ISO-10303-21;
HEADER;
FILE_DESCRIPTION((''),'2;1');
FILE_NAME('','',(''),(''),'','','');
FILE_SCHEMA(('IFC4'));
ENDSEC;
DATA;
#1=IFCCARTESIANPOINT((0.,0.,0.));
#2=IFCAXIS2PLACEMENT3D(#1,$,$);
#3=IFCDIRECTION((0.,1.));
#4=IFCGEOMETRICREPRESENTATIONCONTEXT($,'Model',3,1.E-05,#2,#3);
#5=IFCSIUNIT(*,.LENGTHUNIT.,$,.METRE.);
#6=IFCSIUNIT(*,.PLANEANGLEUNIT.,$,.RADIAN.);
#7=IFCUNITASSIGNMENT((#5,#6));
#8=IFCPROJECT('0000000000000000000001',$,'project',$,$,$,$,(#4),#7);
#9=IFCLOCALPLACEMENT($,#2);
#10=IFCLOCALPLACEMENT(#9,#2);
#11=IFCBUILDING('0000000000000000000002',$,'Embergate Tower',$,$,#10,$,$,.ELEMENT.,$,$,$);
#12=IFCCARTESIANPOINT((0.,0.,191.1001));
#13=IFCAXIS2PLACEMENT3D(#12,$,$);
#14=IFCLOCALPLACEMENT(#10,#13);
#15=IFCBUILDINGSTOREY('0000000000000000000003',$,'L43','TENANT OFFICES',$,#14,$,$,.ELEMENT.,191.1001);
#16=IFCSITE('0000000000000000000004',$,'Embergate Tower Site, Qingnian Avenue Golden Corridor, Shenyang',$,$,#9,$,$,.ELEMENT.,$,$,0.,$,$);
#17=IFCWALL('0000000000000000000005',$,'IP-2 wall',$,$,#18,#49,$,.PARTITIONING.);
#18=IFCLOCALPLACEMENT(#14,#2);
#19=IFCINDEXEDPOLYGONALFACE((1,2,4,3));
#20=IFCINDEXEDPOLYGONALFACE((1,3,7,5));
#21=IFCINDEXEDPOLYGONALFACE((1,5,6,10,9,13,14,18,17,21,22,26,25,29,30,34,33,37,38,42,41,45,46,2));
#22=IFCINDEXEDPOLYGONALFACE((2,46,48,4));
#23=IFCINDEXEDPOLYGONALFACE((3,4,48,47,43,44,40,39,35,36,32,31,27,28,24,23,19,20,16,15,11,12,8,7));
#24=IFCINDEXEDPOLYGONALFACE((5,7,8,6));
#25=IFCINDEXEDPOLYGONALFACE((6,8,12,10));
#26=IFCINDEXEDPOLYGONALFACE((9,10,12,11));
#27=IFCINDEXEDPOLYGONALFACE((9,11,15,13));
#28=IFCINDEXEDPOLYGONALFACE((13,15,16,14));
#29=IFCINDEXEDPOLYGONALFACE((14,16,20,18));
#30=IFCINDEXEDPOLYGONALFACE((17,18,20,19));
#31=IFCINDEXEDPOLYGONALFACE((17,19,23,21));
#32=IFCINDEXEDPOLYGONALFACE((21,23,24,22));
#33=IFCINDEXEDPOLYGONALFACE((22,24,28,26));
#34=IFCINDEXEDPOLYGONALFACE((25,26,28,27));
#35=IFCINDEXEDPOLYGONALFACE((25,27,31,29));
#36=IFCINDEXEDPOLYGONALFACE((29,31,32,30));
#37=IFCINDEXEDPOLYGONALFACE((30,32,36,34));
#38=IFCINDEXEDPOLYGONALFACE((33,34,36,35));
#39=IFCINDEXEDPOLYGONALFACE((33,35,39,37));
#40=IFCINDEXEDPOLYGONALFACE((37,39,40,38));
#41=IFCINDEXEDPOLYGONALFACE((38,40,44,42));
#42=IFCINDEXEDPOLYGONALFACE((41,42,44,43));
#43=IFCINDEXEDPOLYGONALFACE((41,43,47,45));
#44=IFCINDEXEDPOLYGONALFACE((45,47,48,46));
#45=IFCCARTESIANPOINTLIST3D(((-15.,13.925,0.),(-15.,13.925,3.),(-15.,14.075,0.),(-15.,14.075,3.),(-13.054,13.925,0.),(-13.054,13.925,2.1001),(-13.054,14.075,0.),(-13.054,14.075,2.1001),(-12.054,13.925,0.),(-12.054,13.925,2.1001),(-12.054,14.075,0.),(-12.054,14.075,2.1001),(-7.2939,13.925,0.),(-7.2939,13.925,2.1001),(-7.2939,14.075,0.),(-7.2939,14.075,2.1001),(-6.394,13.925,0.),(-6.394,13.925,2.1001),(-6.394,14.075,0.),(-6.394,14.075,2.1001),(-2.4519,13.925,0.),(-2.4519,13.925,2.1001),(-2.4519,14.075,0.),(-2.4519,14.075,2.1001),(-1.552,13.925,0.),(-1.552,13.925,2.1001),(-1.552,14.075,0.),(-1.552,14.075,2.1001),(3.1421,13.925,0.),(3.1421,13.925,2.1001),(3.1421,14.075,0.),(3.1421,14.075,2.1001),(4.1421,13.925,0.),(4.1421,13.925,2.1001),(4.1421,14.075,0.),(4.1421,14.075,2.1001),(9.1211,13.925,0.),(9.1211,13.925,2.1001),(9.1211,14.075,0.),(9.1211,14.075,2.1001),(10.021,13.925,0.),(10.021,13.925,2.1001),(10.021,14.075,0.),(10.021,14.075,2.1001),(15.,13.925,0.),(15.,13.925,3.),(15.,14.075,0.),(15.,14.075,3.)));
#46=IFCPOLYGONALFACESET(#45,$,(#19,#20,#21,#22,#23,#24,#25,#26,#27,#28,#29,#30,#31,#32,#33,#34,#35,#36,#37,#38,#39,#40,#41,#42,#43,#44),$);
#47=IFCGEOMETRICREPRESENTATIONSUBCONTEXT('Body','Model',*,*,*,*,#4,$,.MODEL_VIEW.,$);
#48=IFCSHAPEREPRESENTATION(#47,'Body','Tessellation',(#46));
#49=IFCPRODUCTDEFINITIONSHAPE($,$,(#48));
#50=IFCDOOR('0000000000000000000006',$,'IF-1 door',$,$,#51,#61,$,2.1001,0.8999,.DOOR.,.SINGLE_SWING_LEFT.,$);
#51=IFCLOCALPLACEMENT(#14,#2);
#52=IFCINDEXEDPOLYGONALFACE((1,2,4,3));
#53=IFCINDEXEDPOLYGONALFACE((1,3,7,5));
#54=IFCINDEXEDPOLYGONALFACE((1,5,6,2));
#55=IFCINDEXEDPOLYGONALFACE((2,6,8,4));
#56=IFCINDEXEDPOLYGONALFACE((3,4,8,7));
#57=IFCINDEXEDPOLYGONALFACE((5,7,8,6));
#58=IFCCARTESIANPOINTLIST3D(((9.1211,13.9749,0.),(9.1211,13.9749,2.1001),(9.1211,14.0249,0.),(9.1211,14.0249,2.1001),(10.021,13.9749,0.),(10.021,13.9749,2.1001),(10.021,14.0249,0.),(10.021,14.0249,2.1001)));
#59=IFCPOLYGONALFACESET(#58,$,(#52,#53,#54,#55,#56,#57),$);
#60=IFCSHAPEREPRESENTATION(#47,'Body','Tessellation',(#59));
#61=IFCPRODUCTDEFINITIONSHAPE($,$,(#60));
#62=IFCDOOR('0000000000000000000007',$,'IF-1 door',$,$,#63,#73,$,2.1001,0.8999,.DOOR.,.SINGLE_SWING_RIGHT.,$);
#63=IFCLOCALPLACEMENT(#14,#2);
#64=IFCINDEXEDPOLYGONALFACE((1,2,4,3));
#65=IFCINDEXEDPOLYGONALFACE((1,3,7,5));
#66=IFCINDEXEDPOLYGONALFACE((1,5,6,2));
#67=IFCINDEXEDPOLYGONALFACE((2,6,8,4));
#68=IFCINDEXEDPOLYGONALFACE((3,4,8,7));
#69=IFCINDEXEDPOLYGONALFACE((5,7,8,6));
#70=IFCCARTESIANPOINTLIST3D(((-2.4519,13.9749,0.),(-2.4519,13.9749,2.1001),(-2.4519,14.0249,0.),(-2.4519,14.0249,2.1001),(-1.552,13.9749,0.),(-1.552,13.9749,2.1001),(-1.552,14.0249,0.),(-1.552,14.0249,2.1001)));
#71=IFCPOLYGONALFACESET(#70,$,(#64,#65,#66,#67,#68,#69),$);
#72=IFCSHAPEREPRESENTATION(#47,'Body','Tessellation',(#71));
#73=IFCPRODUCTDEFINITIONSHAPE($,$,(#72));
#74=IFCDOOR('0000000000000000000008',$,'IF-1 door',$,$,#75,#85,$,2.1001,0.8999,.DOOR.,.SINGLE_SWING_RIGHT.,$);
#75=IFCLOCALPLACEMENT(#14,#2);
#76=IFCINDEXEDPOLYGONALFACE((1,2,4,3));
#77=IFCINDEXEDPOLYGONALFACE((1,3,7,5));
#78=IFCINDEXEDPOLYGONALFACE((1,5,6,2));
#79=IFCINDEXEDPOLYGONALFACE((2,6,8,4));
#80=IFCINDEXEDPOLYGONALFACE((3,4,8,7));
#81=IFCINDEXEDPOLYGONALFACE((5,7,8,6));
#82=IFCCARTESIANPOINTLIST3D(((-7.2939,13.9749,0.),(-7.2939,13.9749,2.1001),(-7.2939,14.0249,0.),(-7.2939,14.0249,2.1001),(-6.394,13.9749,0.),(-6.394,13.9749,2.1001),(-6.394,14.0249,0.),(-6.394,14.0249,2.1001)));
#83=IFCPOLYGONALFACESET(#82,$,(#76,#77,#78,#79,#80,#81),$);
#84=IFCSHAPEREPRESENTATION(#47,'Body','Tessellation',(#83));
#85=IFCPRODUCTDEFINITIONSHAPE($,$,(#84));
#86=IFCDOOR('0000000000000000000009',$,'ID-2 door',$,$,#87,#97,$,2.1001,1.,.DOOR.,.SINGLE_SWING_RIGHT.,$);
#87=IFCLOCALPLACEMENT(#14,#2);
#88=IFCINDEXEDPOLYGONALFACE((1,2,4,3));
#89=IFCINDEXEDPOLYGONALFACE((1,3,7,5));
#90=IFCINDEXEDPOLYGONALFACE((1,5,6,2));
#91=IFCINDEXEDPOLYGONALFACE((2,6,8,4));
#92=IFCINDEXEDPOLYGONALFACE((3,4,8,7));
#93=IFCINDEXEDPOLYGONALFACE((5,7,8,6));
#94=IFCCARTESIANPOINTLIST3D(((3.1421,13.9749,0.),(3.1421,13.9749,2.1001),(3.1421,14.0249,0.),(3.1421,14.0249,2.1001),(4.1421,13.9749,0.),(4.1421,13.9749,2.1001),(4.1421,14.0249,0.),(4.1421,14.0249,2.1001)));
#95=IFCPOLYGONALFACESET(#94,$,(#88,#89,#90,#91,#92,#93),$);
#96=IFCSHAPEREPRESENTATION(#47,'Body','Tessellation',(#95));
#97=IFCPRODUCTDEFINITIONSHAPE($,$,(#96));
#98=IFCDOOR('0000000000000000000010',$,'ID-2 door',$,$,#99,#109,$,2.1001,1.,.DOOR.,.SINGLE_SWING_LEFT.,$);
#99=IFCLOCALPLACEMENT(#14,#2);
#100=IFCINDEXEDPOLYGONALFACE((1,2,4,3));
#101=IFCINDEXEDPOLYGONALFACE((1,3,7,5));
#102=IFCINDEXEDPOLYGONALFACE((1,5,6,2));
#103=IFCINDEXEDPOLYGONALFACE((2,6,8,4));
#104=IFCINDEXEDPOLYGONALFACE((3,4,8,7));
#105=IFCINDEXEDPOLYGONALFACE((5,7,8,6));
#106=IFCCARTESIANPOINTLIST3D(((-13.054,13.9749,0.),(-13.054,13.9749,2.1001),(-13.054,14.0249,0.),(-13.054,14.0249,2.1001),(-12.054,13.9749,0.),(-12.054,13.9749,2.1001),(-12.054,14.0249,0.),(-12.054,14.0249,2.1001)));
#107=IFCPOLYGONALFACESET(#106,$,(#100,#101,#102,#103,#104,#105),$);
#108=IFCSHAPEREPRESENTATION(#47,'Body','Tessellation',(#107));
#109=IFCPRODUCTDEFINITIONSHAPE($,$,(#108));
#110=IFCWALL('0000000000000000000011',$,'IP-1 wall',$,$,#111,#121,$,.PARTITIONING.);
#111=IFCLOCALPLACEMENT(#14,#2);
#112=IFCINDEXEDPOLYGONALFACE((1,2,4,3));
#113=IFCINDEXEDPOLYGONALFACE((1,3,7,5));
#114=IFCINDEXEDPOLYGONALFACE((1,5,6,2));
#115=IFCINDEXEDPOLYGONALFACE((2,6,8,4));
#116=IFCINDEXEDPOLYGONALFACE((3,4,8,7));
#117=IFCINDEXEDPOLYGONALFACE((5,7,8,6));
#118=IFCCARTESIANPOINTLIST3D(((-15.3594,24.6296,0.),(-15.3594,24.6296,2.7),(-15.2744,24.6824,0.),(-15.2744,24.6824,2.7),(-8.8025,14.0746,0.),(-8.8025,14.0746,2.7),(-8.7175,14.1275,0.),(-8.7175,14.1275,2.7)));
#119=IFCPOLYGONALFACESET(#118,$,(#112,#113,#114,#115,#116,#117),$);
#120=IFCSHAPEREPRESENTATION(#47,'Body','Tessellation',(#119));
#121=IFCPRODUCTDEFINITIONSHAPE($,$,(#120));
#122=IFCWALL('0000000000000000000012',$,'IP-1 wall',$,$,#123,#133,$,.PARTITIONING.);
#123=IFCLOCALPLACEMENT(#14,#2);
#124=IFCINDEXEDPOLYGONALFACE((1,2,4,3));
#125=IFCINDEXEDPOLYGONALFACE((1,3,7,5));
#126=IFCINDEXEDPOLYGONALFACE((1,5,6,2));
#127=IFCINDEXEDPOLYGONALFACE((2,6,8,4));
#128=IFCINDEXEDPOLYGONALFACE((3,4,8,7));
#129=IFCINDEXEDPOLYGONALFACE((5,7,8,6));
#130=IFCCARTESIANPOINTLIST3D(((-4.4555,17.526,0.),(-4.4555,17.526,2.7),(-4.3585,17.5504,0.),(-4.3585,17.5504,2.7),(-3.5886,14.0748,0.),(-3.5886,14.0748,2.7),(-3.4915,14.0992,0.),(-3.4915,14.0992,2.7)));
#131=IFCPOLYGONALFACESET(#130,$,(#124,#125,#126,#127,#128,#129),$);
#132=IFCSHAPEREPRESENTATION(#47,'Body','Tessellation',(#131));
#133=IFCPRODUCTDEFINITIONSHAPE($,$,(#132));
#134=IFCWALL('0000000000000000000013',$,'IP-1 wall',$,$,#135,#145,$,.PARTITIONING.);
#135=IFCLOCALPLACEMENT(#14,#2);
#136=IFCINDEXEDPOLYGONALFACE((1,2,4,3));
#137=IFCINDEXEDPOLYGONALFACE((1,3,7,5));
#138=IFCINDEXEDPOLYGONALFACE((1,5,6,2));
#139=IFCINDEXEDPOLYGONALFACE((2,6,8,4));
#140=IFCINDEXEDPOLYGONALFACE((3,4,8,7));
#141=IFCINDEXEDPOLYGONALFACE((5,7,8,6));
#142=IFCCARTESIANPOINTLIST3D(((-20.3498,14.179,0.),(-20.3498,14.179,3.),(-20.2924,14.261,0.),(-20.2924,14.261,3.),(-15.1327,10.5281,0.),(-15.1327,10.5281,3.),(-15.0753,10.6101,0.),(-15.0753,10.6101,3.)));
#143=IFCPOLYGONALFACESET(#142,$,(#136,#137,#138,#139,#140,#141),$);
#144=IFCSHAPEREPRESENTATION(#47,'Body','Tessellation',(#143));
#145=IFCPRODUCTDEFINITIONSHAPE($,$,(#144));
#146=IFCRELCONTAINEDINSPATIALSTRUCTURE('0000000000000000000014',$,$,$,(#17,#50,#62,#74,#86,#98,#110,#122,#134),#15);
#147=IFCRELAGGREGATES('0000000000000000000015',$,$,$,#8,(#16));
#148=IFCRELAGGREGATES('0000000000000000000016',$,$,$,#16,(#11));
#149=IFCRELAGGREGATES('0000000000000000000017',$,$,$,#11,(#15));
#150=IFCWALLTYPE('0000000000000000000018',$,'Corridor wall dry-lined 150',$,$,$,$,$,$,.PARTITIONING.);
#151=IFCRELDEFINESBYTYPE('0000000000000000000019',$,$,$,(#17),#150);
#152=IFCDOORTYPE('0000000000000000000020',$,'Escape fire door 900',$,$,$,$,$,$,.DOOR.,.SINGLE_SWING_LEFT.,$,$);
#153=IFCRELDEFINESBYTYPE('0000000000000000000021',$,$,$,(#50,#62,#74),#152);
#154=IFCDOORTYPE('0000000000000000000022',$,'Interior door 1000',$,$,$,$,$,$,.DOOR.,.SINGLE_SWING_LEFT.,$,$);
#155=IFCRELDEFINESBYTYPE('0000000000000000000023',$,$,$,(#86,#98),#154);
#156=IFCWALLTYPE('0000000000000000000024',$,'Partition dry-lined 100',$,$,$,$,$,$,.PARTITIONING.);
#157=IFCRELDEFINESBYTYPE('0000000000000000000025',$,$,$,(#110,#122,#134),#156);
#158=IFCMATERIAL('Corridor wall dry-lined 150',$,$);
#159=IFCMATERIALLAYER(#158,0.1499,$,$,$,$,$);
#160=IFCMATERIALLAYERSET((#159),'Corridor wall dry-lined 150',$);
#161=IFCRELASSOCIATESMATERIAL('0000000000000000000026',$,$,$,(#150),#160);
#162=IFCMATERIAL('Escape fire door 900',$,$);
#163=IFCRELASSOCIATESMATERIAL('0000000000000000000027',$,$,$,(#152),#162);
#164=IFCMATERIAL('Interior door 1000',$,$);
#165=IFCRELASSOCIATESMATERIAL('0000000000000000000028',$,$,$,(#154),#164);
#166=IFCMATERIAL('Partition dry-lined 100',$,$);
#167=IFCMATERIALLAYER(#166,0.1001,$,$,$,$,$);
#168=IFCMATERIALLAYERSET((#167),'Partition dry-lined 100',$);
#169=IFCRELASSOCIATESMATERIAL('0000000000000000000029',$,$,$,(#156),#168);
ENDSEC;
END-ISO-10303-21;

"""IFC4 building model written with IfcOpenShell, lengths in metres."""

from ifc_helpers import new_model, si_unit, direction, frame, frame_2d, origin, place, context, subcontext, project, spatial, rectangle, extrude, source, transform, mapped, material, layer, layer_set, type_object, element, fill, save


model = new_model("IFC4")

# Units and contexts
model_context = context("Model", 3, precision=1e-05, world=origin(), true_north=direction((0.0, 1.0)))
body_context = subcontext(model_context, "Body", "Model", "MODEL_VIEW")
ifc_project = project(units=[si_unit("LENGTHUNIT", "METRE"), si_unit("PLANEANGLEUNIT", "RADIAN")], contexts=[model_context])

# Site, building, storey
site_placement = place(None, origin())
site = spatial("IfcSite", under=ifc_project, at=site_placement, Name="Embergate Tower Site, Qingnian Avenue Golden Corridor, Shenyang", CompositionType="ELEMENT", RefElevation=0.0)
building_placement = place(site_placement, origin())
building = spatial("IfcBuilding", under=site, at=building_placement, Name="Embergate Tower", CompositionType="ELEMENT")
storey_placement = place(building_placement, frame((0.0, 0.0, 191.1001)))
storey = spatial("IfcBuildingStorey", under=building, at=storey_placement, Name="L43", Description="TENANT OFFICES", CompositionType="ELEMENT", Elevation=191.1001)

# Wall, openings, doors
ifc_material_1 = material(Name="Corridor wall dry-lined 150")
ifc_layer_1 = layer(ifc_material_1, 0.1499)
ifc_layer_set_1 = layer_set([ifc_layer_1], Name="Corridor wall dry-lined 150")
wall_type_1 = type_object("IfcWallType", Name="Corridor wall dry-lined 150", PredefinedType="PARTITIONING", material=ifc_layer_set_1)
shared_shape_1 = source(origin(), body_context, "Body", "SweptSolid", [
    extrude(rectangle(XDim=30.0, YDim=0.1499, at=frame_2d((15.0, 0.0))), origin(), (0.0, 0.0, 1.0), 3.0),
])
wall_1_placement = place(storey_placement, frame((-15.0, 14.0, 0.0), z_axis=(0.0, 0.0, 1.0), x_axis=(1.0, 0.0, 0.0)))
wall_1 = element("IfcWall", 1, at=wall_1_placement, inside=storey, type_object=wall_type_1, Name="IP-2 wall", PredefinedType="PARTITIONING", context=body_context, shape_type="MappedRepresentation", body=[
    mapped(shared_shape_1, transform((0.0, 0.0, 0.0))),
])
shared_shape_2 = source(origin(), body_context, "Body", "SweptSolid", [
    extrude(rectangle(XDim=0.8999, YDim=2.1001, at=frame_2d((0.45, 1.05))), frame((0.0, 0.085, 0.0), z_axis=(0.0, -1.0, 0.0), x_axis=(1.0, 0.0, 0.0)), (0.0, 0.0, 1.0), 0.1699),
])
opening_1_placement = place(wall_1_placement, frame((24.1211, 0.0, 0.0)))
opening_1 = element("IfcOpeningElement", 2, at=opening_1_placement, cuts=wall_1, PredefinedType="OPENING", context=body_context, shape_type="MappedRepresentation", body=[
    mapped(shared_shape_2, transform((0.0, 0.0, 0.0))),
])
shared_shape_3 = source(origin(), body_context, "Body", "SweptSolid", [
    extrude(rectangle(XDim=1.0, YDim=2.1001, at=frame_2d((0.5, 1.05))), frame((0.0, 0.085, 0.0), z_axis=(0.0, -1.0, 0.0), x_axis=(1.0, 0.0, 0.0)), (0.0, 0.0, 1.0), 0.1699),
])
opening_2_placement = place(wall_1_placement, frame((18.1421, 0.0, 0.0)))
opening_2 = element("IfcOpeningElement", 3, at=opening_2_placement, cuts=wall_1, PredefinedType="OPENING", context=body_context, shape_type="MappedRepresentation", body=[
    mapped(shared_shape_3, transform((0.0, 0.0, 0.0))),
])
opening_3_placement = place(wall_1_placement, frame((12.5481, 0.0, 0.0)))
opening_3 = element("IfcOpeningElement", 4, at=opening_3_placement, cuts=wall_1, PredefinedType="OPENING", context=body_context, shape_type="MappedRepresentation", body=[
    mapped(shared_shape_2, transform((0.0, 0.0, 0.0))),
])
opening_4_placement = place(wall_1_placement, frame((7.7061, 0.0, 0.0)))
opening_4 = element("IfcOpeningElement", 5, at=opening_4_placement, cuts=wall_1, PredefinedType="OPENING", context=body_context, shape_type="MappedRepresentation", body=[
    mapped(shared_shape_2, transform((0.0, 0.0, 0.0))),
])
opening_5_placement = place(wall_1_placement, frame((1.946, 0.0, 0.0)))
opening_5 = element("IfcOpeningElement", 6, at=opening_5_placement, cuts=wall_1, PredefinedType="OPENING", context=body_context, shape_type="MappedRepresentation", body=[
    mapped(shared_shape_3, transform((0.0, 0.0, 0.0))),
])
ifc_material_2 = material(Name="Escape fire door 900")
door_type_1 = type_object("IfcDoorType", Name="Escape fire door 900", OperationType="SINGLE_SWING_LEFT", PredefinedType="DOOR", material=ifc_material_2)
shared_shape_4 = source(origin(), body_context, "Body", "SweptSolid", [
    extrude(rectangle(XDim=0.8999, YDim=2.1001, at=frame_2d((0.45, 1.05))), frame((0.0, 0.0249, 0.0), z_axis=(0.0, -1.0, 0.0), x_axis=(1.0, 0.0, 0.0)), (0.0, 0.0, 1.0), 0.05),
])
door_1_placement = place(opening_1_placement, origin())
door_1 = element("IfcDoor", 7, at=door_1_placement, inside=storey, type_object=door_type_1, Name="IF-1 door", OperationType="SINGLE_SWING_LEFT", OverallHeight=2.1001, OverallWidth=0.8999, PredefinedType="DOOR", context=body_context, shape_type="MappedRepresentation", body=[
    mapped(shared_shape_4, transform((0.0, 0.0, 0.0))),
])
fill(opening_1, door_1)
door_2_placement = place(opening_3_placement, origin())
door_2 = element("IfcDoor", 8, at=door_2_placement, inside=storey, type_object=door_type_1, Name="IF-1 door", OperationType="SINGLE_SWING_RIGHT", OverallHeight=2.1001, OverallWidth=0.8999, PredefinedType="DOOR", context=body_context, shape_type="MappedRepresentation", body=[
    mapped(shared_shape_4, transform((0.0, 0.0, 0.0))),
])
fill(opening_3, door_2)
door_3_placement = place(opening_4_placement, origin())
door_3 = element("IfcDoor", 9, at=door_3_placement, inside=storey, type_object=door_type_1, Name="IF-1 door", OperationType="SINGLE_SWING_RIGHT", OverallHeight=2.1001, OverallWidth=0.8999, PredefinedType="DOOR", context=body_context, shape_type="MappedRepresentation", body=[
    mapped(shared_shape_4, transform((0.0, 0.0, 0.0))),
])
fill(opening_4, door_3)
ifc_material_3 = material(Name="Interior door 1000")
door_type_2 = type_object("IfcDoorType", Name="Interior door 1000", OperationType="SINGLE_SWING_LEFT", PredefinedType="DOOR", material=ifc_material_3)
shared_shape_5 = source(origin(), body_context, "Body", "SweptSolid", [
    extrude(rectangle(XDim=1.0, YDim=2.1001, at=frame_2d((0.5, 1.05))), frame((0.0, 0.0249, 0.0), z_axis=(0.0, -1.0, 0.0), x_axis=(1.0, 0.0, 0.0)), (0.0, 0.0, 1.0), 0.05),
])
door_4_placement = place(opening_2_placement, origin())
door_4 = element("IfcDoor", 10, at=door_4_placement, inside=storey, type_object=door_type_2, Name="ID-2 door", OperationType="SINGLE_SWING_RIGHT", OverallHeight=2.1001, OverallWidth=1.0, PredefinedType="DOOR", context=body_context, shape_type="MappedRepresentation", body=[
    mapped(shared_shape_5, transform((0.0, 0.0, 0.0))),
])
fill(opening_2, door_4)
door_5_placement = place(opening_5_placement, origin())
door_5 = element("IfcDoor", 11, at=door_5_placement, inside=storey, type_object=door_type_2, Name="ID-2 door", OperationType="SINGLE_SWING_LEFT", OverallHeight=2.1001, OverallWidth=1.0, PredefinedType="DOOR", context=body_context, shape_type="MappedRepresentation", body=[
    mapped(shared_shape_5, transform((0.0, 0.0, 0.0))),
])
fill(opening_5, door_5)

# Walls
ifc_material_4 = material(Name="Partition dry-lined 100")
ifc_layer_2 = layer(ifc_material_4, 0.1001)
ifc_layer_set_2 = layer_set([ifc_layer_2], Name="Partition dry-lined 100")
wall_type_2 = type_object("IfcWallType", Name="Partition dry-lined 100", PredefinedType="PARTITIONING", material=ifc_layer_set_2)
shared_shape_6 = source(origin(), body_context, "Body", "SweptSolid", [
    extrude(rectangle(XDim=12.4258, YDim=0.1001, at=frame_2d((6.2129, 0.0))), origin(), (0.0, 0.0, 1.0), 2.7),
])
wall_2_placement = place(storey_placement, frame((-15.3169, 24.656, 0.0), z_axis=(0.0, 0.0, 1.0), x_axis=(0.527685, -0.84944, 0.0)))
element("IfcWall", 12, at=wall_2_placement, inside=storey, type_object=wall_type_2, Name="IP-1 wall", PredefinedType="PARTITIONING", context=body_context, shape_type="MappedRepresentation", body=[
    mapped(shared_shape_6, transform((0.0, 0.0, 0.0))),
])
shared_shape_7 = source(origin(), body_context, "Body", "SweptSolid", [
    extrude(rectangle(XDim=3.5583, YDim=0.1001, at=frame_2d((1.7793, 0.0))), origin(), (0.0, 0.0, 1.0), 2.7),
])
wall_3_placement = place(storey_placement, frame((-3.54, 14.0869, 0.0), z_axis=(0.0, 0.0, 1.0), x_axis=(-0.243633, 0.969867, 0.0)))
element("IfcWall", 13, at=wall_3_placement, inside=storey, type_object=wall_type_2, Name="IP-1 wall", PredefinedType="PARTITIONING", context=body_context, shape_type="MappedRepresentation", body=[
    mapped(shared_shape_7, transform((0.0, 0.0, 0.0))),
])
shared_shape_8 = source(origin(), body_context, "Body", "SweptSolid", [
    extrude(rectangle(XDim=6.3677, YDim=0.1001, at=frame_2d((3.1838, 0.0))), origin(), (0.0, 0.0, 1.0), 3.0),
])
wall_4_placement = place(storey_placement, frame((-15.104, 10.5691, 0.0), z_axis=(0.0, 0.0, 1.0), x_axis=(-0.819309, 0.573352, 0.0)))
element("IfcWall", 14, at=wall_4_placement, inside=storey, type_object=wall_type_2, Name="IP-1 wall", PredefinedType="PARTITIONING", context=body_context, shape_type="MappedRepresentation", body=[
    mapped(shared_shape_8, transform((0.0, 0.0, 0.0))),
])

save(model, "model.ifc")
